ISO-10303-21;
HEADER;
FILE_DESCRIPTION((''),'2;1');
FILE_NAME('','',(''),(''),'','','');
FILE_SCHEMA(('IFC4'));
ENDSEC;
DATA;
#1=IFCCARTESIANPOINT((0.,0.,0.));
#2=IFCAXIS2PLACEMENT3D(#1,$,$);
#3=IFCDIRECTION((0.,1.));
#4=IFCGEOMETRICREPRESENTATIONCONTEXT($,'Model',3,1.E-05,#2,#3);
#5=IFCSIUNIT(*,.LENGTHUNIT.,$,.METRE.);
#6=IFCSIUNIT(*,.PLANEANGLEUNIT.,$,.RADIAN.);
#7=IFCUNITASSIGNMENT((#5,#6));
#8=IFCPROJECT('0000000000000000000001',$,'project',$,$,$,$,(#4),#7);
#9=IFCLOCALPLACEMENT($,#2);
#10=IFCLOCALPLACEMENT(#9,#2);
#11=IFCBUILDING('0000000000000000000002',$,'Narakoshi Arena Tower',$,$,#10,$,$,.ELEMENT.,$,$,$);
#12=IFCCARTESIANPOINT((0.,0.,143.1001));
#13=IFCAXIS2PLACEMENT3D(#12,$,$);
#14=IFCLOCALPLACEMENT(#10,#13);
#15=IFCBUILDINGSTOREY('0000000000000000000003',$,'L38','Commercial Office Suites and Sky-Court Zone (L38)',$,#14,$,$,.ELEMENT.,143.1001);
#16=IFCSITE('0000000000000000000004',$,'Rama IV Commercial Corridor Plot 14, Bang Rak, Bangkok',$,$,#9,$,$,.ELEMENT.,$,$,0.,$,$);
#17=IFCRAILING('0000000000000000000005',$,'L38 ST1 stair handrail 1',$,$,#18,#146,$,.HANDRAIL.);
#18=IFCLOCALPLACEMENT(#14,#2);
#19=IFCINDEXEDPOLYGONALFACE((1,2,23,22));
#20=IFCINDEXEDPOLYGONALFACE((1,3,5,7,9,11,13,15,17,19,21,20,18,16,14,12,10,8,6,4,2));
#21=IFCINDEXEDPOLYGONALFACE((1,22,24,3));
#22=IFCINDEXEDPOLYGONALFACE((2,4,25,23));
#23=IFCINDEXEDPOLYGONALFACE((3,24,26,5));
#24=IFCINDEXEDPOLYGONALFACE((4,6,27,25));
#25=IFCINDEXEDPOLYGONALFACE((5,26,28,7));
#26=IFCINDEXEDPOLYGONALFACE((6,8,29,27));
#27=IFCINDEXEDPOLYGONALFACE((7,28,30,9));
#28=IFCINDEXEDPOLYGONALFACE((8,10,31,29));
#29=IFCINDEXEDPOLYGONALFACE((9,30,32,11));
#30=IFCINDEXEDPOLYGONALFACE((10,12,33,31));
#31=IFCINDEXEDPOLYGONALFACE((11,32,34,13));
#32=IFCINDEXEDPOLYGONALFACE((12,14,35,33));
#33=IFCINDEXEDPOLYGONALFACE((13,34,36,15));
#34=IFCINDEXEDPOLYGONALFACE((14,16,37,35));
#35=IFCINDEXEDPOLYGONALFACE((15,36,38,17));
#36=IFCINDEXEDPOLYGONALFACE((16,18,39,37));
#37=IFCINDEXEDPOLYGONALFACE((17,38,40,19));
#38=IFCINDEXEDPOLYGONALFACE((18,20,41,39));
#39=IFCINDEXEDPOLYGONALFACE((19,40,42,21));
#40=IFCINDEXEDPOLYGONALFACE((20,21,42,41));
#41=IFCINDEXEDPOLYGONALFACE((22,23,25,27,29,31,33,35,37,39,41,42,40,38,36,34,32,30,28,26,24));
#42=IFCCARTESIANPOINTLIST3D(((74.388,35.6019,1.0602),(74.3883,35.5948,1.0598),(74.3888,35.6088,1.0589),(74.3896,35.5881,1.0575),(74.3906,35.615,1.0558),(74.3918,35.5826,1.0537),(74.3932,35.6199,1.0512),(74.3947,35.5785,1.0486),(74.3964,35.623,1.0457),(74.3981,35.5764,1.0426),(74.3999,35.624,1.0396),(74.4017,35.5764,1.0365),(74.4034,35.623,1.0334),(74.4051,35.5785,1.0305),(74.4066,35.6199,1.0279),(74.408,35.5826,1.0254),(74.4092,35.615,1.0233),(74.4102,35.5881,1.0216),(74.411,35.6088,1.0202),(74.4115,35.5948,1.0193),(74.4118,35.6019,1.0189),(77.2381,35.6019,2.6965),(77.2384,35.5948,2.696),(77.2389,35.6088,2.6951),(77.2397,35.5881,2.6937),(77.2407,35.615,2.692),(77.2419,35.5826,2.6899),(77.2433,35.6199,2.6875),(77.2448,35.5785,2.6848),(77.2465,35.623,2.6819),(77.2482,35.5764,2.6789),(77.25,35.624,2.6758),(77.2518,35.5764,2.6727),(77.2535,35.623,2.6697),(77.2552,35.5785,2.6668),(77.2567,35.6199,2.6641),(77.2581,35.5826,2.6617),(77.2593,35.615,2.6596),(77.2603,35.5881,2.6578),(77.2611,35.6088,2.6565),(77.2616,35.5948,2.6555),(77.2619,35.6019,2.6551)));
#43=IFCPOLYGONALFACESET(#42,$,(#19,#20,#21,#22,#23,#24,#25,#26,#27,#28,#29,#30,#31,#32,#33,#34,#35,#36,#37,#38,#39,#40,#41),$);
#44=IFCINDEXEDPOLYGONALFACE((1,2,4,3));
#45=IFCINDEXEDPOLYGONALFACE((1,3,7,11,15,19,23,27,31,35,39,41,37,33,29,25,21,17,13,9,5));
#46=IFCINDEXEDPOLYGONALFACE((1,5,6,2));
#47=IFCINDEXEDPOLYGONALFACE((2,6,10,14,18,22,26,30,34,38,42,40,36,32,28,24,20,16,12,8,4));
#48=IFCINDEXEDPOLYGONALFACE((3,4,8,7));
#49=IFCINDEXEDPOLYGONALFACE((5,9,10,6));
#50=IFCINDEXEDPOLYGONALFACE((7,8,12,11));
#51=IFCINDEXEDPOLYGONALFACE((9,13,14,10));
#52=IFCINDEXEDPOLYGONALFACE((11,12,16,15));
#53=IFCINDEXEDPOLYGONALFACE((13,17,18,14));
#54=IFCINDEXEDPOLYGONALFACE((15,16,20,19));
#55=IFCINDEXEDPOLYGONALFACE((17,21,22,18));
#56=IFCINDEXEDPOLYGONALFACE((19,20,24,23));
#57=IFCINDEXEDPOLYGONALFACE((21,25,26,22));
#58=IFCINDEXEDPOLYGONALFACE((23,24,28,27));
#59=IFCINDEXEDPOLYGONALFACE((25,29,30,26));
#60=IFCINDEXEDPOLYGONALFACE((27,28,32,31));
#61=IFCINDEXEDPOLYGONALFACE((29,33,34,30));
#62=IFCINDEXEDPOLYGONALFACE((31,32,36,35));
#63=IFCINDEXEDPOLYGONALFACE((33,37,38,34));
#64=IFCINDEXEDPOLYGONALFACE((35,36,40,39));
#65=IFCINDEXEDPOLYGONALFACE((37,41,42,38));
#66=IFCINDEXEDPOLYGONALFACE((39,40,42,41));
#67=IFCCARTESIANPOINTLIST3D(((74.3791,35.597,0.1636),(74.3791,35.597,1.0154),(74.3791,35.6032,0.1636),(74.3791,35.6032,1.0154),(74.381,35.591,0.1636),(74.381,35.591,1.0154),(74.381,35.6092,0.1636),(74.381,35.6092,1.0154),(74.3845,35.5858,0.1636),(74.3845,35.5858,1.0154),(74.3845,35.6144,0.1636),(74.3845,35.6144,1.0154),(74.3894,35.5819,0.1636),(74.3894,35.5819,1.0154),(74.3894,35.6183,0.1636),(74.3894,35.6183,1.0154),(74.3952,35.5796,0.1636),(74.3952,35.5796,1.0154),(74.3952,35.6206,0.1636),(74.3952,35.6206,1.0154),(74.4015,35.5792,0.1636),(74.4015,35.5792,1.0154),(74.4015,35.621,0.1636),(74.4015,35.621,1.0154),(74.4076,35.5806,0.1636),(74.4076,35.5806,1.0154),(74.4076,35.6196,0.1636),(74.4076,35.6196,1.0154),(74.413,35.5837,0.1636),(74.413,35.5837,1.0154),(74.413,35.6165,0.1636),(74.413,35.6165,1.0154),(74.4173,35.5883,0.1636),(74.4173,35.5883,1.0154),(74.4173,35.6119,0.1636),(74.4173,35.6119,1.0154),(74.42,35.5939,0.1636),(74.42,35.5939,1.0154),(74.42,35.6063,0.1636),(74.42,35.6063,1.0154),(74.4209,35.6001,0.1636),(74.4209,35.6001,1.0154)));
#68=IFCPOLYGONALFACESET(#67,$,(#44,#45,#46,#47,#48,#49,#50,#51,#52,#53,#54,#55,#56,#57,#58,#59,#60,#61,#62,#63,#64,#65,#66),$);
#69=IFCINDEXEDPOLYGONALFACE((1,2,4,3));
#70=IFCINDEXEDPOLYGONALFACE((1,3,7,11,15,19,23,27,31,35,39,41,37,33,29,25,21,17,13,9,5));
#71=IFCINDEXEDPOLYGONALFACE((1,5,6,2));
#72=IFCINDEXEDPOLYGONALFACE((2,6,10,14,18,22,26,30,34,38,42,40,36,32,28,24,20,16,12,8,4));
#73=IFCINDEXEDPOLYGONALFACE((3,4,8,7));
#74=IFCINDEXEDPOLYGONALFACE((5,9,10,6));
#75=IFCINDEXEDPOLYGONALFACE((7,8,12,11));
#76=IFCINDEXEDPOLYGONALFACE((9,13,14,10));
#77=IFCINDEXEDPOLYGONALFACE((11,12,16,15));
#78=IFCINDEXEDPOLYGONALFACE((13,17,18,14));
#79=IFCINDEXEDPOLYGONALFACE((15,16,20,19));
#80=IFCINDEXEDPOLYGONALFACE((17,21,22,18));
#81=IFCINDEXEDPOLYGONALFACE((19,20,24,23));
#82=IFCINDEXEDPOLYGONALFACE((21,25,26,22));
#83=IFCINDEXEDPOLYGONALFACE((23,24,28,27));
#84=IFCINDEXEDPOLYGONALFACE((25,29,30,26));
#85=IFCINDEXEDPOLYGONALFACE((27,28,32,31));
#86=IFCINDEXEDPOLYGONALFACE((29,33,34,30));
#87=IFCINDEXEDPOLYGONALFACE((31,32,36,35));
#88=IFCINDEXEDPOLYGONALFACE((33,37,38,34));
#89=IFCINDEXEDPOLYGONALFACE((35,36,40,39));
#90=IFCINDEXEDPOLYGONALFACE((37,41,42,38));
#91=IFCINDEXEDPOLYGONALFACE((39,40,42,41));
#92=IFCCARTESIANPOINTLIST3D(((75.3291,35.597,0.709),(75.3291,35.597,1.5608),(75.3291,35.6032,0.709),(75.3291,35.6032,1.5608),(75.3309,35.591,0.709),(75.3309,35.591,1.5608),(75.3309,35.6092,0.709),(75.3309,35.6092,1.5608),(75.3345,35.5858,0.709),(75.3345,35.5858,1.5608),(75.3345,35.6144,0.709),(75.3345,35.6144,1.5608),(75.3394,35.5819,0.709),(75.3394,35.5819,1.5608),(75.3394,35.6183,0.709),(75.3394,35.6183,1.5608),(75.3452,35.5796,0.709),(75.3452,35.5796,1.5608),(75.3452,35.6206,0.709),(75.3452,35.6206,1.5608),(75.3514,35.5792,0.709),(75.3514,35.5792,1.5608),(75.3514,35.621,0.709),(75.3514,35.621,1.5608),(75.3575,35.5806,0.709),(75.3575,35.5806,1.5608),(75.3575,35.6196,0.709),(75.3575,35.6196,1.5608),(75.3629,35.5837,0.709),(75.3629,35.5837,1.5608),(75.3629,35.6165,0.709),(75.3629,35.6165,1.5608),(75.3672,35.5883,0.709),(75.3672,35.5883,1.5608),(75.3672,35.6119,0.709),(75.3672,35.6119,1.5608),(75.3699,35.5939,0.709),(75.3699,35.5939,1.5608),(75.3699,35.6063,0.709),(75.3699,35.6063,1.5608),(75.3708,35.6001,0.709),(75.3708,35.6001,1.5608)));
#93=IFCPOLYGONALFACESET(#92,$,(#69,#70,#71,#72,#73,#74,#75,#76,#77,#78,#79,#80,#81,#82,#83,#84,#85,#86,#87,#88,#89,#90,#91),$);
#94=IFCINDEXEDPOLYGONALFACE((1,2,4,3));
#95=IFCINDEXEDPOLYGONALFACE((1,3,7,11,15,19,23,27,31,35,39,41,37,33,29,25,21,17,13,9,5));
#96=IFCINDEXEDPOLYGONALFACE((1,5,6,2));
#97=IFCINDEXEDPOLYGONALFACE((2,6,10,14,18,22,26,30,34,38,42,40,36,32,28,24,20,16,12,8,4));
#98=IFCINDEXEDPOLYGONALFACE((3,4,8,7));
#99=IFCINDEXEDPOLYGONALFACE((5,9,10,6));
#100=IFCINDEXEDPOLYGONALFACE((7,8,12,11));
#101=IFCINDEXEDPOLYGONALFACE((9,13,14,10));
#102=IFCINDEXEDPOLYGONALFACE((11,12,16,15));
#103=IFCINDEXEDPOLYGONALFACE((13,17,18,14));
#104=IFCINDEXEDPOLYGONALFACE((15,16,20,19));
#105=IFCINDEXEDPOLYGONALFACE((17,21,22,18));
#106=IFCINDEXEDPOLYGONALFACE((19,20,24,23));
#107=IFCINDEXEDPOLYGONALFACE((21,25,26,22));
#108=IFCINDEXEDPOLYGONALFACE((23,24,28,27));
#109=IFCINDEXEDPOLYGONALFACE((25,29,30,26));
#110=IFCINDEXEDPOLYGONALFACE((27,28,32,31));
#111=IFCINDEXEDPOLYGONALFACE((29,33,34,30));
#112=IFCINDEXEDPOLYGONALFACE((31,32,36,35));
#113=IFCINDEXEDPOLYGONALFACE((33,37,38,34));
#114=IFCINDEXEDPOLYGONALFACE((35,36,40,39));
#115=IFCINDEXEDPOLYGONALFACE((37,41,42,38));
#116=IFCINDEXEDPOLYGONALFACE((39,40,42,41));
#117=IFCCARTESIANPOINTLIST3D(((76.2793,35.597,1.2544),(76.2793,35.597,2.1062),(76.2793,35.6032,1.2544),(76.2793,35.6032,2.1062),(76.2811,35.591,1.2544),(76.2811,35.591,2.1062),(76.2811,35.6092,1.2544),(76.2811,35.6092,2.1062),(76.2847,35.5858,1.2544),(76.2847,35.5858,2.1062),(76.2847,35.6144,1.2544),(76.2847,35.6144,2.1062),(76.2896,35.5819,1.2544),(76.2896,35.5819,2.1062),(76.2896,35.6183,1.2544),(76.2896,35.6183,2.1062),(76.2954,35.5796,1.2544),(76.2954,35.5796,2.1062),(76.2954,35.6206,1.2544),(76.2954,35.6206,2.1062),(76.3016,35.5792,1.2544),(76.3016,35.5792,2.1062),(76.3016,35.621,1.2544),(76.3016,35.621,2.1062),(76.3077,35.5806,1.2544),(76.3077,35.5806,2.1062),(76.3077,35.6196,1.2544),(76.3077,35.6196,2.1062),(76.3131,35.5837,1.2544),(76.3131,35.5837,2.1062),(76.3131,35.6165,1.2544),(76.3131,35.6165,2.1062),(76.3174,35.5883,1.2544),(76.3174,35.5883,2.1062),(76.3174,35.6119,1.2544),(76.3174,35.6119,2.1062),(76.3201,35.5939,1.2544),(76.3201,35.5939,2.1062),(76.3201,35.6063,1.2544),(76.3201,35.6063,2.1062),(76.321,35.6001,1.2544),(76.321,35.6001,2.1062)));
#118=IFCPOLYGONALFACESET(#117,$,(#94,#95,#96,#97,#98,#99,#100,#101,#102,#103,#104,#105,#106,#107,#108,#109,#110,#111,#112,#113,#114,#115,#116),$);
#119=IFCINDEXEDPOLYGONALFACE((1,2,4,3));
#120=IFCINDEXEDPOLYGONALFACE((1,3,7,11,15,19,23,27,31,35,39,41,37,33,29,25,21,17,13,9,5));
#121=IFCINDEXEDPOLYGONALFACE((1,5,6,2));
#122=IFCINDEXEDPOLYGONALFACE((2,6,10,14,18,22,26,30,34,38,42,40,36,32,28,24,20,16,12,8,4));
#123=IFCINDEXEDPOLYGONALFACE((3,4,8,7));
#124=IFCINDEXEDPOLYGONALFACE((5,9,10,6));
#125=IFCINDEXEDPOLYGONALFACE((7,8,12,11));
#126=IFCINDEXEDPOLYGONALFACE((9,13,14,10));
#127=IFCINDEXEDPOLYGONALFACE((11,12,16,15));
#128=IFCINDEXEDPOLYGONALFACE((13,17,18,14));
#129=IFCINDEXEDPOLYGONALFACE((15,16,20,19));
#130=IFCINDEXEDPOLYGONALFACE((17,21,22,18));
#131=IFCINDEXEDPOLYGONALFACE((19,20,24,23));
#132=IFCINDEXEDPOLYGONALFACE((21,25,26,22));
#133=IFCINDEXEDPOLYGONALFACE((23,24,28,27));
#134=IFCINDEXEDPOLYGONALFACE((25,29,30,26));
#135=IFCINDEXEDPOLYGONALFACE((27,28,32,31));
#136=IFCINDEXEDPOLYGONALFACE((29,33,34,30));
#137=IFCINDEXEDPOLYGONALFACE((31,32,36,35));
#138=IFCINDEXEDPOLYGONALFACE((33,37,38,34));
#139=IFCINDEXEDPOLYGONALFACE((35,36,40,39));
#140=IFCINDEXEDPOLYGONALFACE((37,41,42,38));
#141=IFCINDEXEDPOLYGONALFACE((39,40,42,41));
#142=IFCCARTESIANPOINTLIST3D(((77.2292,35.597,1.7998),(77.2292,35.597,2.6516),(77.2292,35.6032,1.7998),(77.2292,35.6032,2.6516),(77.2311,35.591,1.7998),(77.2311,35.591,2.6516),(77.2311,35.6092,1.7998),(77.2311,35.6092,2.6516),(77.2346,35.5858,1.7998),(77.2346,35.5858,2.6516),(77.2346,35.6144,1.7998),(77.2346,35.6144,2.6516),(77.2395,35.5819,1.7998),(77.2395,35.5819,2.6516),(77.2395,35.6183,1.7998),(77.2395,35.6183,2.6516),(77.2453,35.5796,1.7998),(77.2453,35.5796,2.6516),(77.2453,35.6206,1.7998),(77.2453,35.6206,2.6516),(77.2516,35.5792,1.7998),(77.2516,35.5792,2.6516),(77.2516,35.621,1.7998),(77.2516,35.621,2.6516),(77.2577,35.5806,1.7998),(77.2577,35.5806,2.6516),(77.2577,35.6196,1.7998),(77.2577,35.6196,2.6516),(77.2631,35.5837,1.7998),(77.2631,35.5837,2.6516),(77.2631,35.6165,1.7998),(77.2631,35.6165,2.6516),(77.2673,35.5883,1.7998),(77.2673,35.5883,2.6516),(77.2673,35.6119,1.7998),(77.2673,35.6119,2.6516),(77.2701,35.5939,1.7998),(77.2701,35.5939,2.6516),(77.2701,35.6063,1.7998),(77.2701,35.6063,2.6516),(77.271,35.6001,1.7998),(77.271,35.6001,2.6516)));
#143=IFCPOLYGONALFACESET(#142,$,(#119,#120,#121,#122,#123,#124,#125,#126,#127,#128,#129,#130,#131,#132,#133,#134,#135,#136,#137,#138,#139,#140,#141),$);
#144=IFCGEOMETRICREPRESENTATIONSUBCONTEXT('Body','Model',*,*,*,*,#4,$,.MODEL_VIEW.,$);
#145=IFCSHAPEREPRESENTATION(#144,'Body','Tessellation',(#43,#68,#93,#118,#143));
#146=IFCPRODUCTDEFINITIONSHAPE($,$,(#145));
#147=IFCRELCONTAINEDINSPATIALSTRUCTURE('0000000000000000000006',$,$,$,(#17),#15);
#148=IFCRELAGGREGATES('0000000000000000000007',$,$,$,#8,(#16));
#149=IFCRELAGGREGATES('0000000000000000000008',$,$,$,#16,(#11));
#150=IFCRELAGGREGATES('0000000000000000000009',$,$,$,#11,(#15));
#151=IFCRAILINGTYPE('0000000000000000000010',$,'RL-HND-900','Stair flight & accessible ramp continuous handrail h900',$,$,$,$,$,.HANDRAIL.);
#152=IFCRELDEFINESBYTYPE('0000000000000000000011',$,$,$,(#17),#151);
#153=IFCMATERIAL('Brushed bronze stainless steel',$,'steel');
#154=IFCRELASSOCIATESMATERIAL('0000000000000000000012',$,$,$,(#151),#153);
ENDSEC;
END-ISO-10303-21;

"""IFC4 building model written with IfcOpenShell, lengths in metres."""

from ifc_helpers import new_model, si_unit, direction, frame, origin, origin_2d, place, context, subcontext, project, spatial, circle, extrude, material, type_object, element, save


model = new_model("IFC4")

# Units and contexts
model_context = context("Model", 3, precision=1e-05, world=origin(), true_north=direction((0.0, 1.0)))
body_context = subcontext(model_context, "Body", "Model", "MODEL_VIEW")
ifc_project = project(units=[si_unit("LENGTHUNIT", "METRE"), si_unit("PLANEANGLEUNIT", "RADIAN")], contexts=[model_context])

# Site, building, storey
site_placement = place(None, origin())
site = spatial("IfcSite", under=ifc_project, at=site_placement, Name="Rama IV Commercial Corridor Plot 14, Bang Rak, Bangkok", CompositionType="ELEMENT", RefElevation=0.0)
building_placement = place(site_placement, origin())
building = spatial("IfcBuilding", under=site, at=building_placement, Name="Narakoshi Arena Tower", CompositionType="ELEMENT")
storey_placement = place(building_placement, frame((0.0, 0.0, 143.1001)))
storey = spatial("IfcBuildingStorey", under=building, at=storey_placement, Name="L38", Description="Commercial Office Suites and Sky-Court Zone (L38)", CompositionType="ELEMENT", Elevation=143.1001)

# Railing
ifc_material_1 = material(Name="Brushed bronze stainless steel", Category="steel")
railing_type_1 = type_object("IfcRailingType", Name="RL-HND-900", Description="Stair flight & accessible ramp continuous handrail h900", PredefinedType="HANDRAIL", material=ifc_material_1)
railing_1_placement = place(storey_placement, frame((74.3999, 35.6001, 0.1636)))
element("IfcRailing", 1, at=railing_1_placement, inside=storey, type_object=railing_type_1, Name="L38 ST1 stair handrail 1", PredefinedType="HANDRAIL", context=body_context, shape_type="SweptSolid", body=[
    extrude(circle(Radius=0.0239, at=origin_2d()), frame((0.0, 0.0, 0.876), z_axis=(0.867245, 0.0, 0.497882), x_axis=(0.0, 1.0, 0.0)), (0.0, 0.0, 1.0), 3.2864),
    extrude(circle(Radius=0.021, at=origin_2d()), origin(), (0.0, 0.0, 1.0), 0.8518),
    extrude(circle(Radius=0.021, at=origin_2d()), frame((0.95, 0.0, 0.5454)), (0.0, 0.0, 1.0), 0.8518),
    extrude(circle(Radius=0.021, at=origin_2d()), frame((1.9001, 0.0, 1.0908)), (0.0, 0.0, 1.0), 0.8518),
    extrude(circle(Radius=0.021, at=origin_2d()), frame((2.8501, 0.0, 1.6362)), (0.0, 0.0, 1.0), 0.8518),
])

save(model, "model.ifc")
